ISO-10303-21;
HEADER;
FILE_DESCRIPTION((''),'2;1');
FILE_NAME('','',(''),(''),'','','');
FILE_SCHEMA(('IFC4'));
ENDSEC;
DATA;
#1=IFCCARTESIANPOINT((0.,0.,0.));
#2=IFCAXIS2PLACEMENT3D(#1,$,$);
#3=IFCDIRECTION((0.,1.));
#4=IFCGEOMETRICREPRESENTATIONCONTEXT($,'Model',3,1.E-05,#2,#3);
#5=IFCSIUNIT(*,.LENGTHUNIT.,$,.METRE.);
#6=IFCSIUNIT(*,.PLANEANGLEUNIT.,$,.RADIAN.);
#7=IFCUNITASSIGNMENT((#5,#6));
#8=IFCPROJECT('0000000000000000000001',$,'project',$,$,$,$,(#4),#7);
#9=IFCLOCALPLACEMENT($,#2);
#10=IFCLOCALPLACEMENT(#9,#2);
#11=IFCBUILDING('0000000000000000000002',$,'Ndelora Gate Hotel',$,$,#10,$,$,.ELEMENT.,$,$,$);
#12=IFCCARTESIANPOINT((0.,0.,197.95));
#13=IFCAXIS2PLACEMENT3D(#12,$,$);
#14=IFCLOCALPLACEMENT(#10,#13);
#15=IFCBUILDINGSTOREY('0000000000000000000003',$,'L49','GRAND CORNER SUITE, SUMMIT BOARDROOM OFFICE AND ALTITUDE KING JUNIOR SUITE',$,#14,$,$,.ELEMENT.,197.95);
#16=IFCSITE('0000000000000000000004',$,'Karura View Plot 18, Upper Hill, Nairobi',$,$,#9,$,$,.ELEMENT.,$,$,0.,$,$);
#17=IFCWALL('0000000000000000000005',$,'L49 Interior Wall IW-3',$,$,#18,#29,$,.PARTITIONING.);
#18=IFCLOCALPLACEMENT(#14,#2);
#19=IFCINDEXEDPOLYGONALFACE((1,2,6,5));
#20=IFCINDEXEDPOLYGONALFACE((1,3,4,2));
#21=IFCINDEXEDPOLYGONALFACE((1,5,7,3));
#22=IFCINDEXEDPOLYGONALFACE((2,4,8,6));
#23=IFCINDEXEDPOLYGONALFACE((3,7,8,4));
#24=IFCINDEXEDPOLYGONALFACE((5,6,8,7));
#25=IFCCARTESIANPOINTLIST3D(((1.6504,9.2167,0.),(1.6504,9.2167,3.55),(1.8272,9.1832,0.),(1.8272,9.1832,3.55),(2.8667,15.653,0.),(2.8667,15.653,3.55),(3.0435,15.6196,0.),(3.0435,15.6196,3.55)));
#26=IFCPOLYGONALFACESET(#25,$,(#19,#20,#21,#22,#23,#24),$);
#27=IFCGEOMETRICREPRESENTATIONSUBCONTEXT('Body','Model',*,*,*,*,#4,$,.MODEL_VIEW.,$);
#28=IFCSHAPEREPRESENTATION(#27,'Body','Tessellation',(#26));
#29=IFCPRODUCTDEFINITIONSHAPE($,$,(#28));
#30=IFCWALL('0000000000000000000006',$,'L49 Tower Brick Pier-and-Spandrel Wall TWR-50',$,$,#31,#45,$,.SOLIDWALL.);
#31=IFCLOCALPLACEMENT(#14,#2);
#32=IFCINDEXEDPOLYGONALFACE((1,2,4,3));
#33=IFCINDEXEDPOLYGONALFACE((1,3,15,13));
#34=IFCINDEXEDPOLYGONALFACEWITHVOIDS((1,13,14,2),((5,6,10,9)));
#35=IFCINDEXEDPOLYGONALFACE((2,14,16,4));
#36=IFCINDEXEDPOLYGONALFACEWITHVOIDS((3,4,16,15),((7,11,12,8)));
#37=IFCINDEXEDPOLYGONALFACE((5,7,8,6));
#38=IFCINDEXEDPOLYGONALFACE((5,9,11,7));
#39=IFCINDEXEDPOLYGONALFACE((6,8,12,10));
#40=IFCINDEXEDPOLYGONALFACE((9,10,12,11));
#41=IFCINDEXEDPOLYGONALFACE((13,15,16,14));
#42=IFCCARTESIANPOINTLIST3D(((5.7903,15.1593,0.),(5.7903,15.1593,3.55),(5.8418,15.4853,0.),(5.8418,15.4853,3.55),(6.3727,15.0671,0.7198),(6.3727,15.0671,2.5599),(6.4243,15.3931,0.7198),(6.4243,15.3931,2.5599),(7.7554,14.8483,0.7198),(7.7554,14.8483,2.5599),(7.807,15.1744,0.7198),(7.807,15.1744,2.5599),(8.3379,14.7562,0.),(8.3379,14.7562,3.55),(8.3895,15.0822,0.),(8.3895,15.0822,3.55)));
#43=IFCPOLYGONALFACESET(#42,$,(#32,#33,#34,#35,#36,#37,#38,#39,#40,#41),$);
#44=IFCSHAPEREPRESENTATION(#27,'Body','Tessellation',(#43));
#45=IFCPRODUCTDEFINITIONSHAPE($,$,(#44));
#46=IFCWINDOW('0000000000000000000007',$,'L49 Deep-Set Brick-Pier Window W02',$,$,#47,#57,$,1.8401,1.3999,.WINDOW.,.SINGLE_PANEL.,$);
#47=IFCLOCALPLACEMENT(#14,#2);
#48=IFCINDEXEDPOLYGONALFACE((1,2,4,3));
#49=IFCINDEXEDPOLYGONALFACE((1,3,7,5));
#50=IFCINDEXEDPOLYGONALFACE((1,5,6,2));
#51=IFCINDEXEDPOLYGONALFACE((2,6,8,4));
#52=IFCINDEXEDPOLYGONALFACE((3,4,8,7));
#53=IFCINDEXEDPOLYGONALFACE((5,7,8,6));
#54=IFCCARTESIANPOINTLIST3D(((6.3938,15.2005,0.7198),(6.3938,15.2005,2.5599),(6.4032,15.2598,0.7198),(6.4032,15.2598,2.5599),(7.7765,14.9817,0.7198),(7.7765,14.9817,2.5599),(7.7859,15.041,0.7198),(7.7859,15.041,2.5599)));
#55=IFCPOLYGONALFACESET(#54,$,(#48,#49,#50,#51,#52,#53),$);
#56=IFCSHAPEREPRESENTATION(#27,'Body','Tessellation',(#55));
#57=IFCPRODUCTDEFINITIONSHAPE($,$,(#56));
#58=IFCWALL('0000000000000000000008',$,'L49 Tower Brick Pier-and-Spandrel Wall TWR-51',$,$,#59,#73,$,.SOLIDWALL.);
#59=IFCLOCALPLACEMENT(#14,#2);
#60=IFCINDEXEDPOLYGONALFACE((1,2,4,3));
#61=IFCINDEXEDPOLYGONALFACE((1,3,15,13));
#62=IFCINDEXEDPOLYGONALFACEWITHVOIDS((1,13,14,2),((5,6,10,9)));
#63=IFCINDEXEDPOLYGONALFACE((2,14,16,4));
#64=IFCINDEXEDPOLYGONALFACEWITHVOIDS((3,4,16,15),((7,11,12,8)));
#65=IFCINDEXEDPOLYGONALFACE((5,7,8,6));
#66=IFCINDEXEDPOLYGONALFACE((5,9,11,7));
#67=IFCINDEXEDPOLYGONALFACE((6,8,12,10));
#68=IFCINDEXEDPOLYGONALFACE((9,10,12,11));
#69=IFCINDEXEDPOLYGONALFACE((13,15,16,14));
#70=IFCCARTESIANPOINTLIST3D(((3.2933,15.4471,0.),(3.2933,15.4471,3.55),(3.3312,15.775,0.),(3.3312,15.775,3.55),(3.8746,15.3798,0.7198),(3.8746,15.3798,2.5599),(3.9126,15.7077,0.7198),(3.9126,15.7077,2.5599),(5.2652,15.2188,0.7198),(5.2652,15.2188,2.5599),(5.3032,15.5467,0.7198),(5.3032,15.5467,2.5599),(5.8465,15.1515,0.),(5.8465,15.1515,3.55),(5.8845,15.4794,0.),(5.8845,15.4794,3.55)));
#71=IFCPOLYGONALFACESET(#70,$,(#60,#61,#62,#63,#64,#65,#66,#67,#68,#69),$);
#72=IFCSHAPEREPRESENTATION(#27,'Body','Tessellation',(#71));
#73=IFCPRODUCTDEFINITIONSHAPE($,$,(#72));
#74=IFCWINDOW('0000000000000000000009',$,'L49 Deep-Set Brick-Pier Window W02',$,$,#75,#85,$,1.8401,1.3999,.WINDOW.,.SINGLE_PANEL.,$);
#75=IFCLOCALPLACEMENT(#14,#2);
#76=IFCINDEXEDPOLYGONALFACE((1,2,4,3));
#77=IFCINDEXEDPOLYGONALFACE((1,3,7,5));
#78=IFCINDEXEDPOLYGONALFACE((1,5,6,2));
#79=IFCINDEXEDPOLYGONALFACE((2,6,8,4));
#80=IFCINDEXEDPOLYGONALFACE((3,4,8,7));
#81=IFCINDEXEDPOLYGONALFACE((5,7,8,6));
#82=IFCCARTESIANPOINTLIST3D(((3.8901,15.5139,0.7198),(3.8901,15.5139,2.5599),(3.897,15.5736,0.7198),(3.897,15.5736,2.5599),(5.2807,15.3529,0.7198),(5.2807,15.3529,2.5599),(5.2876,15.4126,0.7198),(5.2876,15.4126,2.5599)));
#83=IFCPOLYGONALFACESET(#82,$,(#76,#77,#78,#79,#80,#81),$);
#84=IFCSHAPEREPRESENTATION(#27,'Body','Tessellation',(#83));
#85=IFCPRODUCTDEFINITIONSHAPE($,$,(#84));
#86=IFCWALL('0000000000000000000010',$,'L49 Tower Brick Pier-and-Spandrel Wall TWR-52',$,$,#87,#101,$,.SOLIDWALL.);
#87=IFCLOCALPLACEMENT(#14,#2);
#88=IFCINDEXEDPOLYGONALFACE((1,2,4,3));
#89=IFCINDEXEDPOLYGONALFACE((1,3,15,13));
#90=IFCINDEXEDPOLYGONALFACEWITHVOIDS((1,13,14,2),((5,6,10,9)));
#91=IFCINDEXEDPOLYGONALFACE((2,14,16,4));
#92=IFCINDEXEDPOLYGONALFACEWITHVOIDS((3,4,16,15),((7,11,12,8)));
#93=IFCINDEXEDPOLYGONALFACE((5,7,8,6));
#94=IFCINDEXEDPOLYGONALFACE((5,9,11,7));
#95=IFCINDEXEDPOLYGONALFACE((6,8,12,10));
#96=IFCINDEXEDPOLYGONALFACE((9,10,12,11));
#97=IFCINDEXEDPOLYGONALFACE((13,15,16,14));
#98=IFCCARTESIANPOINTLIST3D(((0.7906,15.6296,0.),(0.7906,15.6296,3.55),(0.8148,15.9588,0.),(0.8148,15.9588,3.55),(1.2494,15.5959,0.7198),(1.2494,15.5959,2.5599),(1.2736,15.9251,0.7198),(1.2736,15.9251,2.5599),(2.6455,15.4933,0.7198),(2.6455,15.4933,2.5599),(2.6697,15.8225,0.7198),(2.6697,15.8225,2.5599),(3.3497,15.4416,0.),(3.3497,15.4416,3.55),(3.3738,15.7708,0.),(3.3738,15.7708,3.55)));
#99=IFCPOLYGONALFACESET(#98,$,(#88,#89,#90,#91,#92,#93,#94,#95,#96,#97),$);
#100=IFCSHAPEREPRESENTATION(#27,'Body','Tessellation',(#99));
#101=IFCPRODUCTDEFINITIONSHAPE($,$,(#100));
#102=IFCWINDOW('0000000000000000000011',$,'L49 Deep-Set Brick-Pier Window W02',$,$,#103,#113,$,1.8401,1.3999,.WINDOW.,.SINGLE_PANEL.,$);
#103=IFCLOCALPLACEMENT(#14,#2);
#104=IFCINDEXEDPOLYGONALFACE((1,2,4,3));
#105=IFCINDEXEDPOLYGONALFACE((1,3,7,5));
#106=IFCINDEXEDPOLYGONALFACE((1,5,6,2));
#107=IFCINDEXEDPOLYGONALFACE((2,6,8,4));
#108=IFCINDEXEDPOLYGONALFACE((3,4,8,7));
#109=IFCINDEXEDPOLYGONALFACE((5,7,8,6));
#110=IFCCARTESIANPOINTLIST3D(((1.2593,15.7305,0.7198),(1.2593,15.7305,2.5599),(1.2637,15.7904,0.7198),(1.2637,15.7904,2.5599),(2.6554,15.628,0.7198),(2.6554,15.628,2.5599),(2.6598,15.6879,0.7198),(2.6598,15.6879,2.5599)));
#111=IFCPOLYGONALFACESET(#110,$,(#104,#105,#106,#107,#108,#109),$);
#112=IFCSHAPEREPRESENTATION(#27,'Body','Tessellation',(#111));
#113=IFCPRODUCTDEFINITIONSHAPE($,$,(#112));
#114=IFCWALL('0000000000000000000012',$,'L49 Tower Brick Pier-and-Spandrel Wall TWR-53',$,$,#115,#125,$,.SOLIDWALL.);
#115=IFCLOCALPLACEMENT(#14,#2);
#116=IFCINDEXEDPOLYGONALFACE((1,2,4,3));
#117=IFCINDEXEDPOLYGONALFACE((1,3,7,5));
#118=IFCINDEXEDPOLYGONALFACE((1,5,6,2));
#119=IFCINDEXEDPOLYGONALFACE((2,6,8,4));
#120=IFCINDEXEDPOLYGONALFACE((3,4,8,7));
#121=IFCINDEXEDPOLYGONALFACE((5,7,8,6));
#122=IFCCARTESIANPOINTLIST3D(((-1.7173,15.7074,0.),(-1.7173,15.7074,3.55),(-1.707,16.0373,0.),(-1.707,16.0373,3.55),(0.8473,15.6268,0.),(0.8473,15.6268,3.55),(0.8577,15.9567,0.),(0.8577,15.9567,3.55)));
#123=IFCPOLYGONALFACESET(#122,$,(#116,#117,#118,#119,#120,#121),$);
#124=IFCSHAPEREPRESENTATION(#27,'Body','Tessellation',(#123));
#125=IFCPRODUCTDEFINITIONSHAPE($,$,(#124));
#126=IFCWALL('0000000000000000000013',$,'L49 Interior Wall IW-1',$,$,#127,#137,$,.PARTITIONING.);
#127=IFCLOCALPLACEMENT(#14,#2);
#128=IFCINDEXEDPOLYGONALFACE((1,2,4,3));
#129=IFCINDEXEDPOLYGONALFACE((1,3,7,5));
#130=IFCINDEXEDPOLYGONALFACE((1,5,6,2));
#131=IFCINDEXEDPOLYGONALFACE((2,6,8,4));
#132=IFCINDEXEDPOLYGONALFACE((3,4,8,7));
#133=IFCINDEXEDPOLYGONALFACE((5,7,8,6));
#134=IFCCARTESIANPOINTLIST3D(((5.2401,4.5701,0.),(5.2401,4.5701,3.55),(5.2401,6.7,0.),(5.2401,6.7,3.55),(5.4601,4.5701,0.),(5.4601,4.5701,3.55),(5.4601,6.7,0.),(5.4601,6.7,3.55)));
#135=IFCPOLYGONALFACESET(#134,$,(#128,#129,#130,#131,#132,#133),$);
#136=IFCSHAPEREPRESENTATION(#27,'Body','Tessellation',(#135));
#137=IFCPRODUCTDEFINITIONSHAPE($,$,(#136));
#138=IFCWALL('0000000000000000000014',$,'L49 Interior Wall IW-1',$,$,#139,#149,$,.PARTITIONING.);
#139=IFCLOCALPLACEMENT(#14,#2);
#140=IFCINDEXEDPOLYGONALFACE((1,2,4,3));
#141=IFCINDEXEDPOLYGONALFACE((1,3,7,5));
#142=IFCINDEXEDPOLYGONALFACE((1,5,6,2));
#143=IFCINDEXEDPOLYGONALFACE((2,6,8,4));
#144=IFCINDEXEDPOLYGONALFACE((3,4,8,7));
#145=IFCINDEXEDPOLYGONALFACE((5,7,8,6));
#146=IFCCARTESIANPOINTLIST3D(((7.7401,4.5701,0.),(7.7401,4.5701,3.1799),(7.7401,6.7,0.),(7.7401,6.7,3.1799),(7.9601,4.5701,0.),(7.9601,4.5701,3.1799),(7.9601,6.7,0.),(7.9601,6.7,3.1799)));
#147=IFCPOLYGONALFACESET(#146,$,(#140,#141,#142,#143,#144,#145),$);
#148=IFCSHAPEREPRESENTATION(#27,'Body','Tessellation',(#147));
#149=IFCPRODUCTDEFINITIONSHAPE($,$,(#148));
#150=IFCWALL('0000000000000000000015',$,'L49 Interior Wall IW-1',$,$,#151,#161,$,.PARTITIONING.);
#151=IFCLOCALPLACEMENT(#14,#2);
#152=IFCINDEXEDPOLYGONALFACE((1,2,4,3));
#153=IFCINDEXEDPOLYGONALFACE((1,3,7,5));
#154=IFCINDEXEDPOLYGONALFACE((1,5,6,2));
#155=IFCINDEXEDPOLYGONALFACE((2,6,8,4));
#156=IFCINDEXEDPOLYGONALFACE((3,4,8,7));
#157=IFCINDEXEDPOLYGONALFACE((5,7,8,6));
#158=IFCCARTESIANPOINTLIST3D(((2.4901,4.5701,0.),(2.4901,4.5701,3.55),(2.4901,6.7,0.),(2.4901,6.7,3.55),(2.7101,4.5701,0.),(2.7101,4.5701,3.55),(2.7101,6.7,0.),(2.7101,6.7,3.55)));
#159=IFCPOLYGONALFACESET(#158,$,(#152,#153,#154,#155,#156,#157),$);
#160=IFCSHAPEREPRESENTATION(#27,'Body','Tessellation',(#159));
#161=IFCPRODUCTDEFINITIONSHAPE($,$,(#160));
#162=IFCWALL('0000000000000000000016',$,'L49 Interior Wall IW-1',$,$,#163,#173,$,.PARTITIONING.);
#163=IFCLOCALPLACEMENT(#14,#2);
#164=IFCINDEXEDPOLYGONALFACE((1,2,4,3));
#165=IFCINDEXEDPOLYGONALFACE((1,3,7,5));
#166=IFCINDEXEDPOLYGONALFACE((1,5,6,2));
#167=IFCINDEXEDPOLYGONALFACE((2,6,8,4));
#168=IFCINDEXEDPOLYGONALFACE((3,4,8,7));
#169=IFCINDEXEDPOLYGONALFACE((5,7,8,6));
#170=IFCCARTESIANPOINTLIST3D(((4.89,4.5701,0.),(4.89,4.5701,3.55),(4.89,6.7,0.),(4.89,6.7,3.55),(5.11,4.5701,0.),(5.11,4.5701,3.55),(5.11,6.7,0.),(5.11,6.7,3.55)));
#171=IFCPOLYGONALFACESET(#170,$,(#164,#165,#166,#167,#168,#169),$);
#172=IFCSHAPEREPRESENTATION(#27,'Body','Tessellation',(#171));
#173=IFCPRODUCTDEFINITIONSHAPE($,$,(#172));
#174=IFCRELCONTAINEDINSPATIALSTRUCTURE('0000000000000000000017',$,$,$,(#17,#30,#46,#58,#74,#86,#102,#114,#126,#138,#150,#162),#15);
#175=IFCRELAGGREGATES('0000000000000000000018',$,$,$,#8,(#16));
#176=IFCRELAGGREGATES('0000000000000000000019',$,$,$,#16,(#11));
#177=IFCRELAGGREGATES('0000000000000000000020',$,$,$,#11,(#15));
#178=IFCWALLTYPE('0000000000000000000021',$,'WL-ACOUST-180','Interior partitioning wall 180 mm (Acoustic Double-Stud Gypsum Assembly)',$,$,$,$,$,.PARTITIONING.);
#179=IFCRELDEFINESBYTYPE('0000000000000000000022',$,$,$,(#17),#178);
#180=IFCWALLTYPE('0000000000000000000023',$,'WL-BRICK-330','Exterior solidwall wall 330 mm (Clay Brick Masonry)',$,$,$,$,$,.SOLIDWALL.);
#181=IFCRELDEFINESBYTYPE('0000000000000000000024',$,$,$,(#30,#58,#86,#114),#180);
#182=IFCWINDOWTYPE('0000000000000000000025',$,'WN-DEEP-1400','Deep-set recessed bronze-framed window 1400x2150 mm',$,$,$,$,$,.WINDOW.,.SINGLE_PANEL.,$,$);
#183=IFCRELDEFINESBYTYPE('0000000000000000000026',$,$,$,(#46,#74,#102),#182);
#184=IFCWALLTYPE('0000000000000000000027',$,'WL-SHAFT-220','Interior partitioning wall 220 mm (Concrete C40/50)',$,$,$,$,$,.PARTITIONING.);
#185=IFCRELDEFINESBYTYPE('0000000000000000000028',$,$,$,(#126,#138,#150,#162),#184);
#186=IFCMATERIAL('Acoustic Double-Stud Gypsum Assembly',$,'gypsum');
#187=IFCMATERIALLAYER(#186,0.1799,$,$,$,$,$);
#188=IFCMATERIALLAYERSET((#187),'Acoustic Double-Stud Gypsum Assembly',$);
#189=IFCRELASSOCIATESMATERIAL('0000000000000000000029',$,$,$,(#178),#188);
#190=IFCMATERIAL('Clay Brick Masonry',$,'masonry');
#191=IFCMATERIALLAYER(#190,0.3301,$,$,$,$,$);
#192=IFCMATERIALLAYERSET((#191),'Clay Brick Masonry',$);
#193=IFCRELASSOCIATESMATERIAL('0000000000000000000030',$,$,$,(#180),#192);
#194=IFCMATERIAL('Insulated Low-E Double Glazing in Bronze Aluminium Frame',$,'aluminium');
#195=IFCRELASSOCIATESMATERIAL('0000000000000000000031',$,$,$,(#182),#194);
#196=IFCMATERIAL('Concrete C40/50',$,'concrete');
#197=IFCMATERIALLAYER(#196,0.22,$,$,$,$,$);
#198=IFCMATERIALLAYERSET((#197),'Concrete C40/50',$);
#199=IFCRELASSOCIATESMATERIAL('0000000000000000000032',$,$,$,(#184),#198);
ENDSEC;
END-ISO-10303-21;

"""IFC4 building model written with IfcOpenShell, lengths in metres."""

from ifc_helpers import new_model, si_unit, direction, frame, frame_2d, origin, place, context, subcontext, project, spatial, rectangle, extrude, material, layer, layer_set, type_object, element, fill, save


model = new_model("IFC4")

# Units and contexts
model_context = context("Model", 3, precision=1e-05, world=origin(), true_north=direction((0.0, 1.0)))
body_context = subcontext(model_context, "Body", "Model", "MODEL_VIEW")
ifc_project = project(units=[si_unit("LENGTHUNIT", "METRE"), si_unit("PLANEANGLEUNIT", "RADIAN")], contexts=[model_context])

# Site, building, storey
site_placement = place(None, origin())
site = spatial("IfcSite", under=ifc_project, at=site_placement, Name="Karura View Plot 18, Upper Hill, Nairobi", CompositionType="ELEMENT", RefElevation=0.0)
building_placement = place(site_placement, origin())
building = spatial("IfcBuilding", under=site, at=building_placement, Name="Ndelora Gate Hotel", CompositionType="ELEMENT")
storey_placement = place(building_placement, frame((0.0, 0.0, 197.95)))
storey = spatial("IfcBuildingStorey", under=building, at=storey_placement, Name="L49", Description="GRAND CORNER SUITE, SUMMIT BOARDROOM OFFICE AND ALTITUDE KING JUNIOR SUITE", CompositionType="ELEMENT", Elevation=197.95)

# Wall
ifc_material_1 = material(Name="Acoustic Double-Stud Gypsum Assembly", Category="gypsum")
ifc_layer_1 = layer(ifc_material_1, 0.1799)
ifc_layer_set_1 = layer_set([ifc_layer_1], Name="Acoustic Double-Stud Gypsum Assembly")
wall_type_1 = type_object("IfcWallType", Name="WL-ACOUST-180", Description="Interior partitioning wall 180 mm (Acoustic Double-Stud Gypsum Assembly)", PredefinedType="PARTITIONING", material=ifc_layer_set_1)
wall_1_placement = place(storey_placement, frame((1.7388, 9.2, 0.0), z_axis=(0.0, 0.0, 1.0), x_axis=(0.18569, 0.982608, 0.0)))
element("IfcWall", 1, at=wall_1_placement, inside=storey, type_object=wall_type_1, Name="L49 Interior Wall IW-3", PredefinedType="PARTITIONING", context=body_context, shape_type="SweptSolid", body=[
    extrude(rectangle(XDim=6.5503, YDim=0.1799, at=frame_2d((3.2751, 0.0))), origin(), (0.0, 0.0, 1.0), 3.55),
])

# Walls, openings, windows
ifc_material_2 = material(Name="Clay Brick Masonry", Category="masonry")
ifc_layer_2 = layer(ifc_material_2, 0.3301)
ifc_layer_set_2 = layer_set([ifc_layer_2], Name="Clay Brick Masonry")
wall_type_2 = type_object("IfcWallType", Name="WL-BRICK-330", Description="Exterior solidwall wall 330 mm (Clay Brick Masonry)", PredefinedType="SOLIDWALL", material=ifc_layer_set_2)
wall_2_placement = place(storey_placement, frame((5.8162, 15.3223, 0.0), z_axis=(0.0, 0.0, 1.0), x_axis=(0.987714, -0.156274, 0.0)))
wall_2 = element("IfcWall", 2, at=wall_2_placement, inside=storey, type_object=wall_type_2, Name="L49 Tower Brick Pier-and-Spandrel Wall TWR-50", PredefinedType="SOLIDWALL", context=body_context, shape_type="SweptSolid", body=[
    extrude(rectangle(XDim=2.5793, YDim=0.3301, at=frame_2d((1.2896, 0.0))), origin(), (0.0, 0.0, 1.0), 3.55),
])
opening_1_placement = place(wall_2_placement, frame((0.5896, 0.0, 0.72)))
opening_1 = element("IfcOpeningElement", 3, at=opening_1_placement, cuts=wall_2, PredefinedType="OPENING", context=body_context, shape_type="SweptSolid", body=[
    extrude(rectangle(XDim=1.3999, YDim=1.8401, at=frame_2d((0.7, 0.9199))), frame((0.0, 0.175, 0.0), z_axis=(0.0, -1.0, 0.0), x_axis=(1.0, 0.0, 0.0)), (0.0, 0.0, 1.0), 0.3501),
])
ifc_material_3 = material(Name="Insulated Low-E Double Glazing in Bronze Aluminium Frame", Category="aluminium")
window_type = type_object("IfcWindowType", Name="WN-DEEP-1400", Description="Deep-set recessed bronze-framed window 1400x2150 mm", PartitioningType="SINGLE_PANEL", PredefinedType="WINDOW", material=ifc_material_3)
window_1_placement = place(opening_1_placement, origin())
window_1 = element("IfcWindow", 4, at=window_1_placement, inside=storey, type_object=window_type, Name="L49 Deep-Set Brick-Pier Window W02", OverallHeight=1.8401, OverallWidth=1.3999, PartitioningType="SINGLE_PANEL", PredefinedType="WINDOW", context=body_context, shape_type="SweptSolid", body=[
    extrude(rectangle(XDim=1.3999, YDim=1.8401, at=frame_2d((0.7, 0.9199))), frame((0.0, 0.03, 0.0), z_axis=(0.0, -1.0, 0.0), x_axis=(1.0, 0.0, 0.0)), (0.0, 0.0, 1.0), 0.0601),
])
fill(opening_1, window_1)
wall_3_placement = place(storey_placement, frame((3.3123, 15.6111, 0.0), z_axis=(0.0, 0.0, 1.0), x_axis=(0.993362, -0.115028, 0.0)))
wall_3 = element("IfcWall", 5, at=wall_3_placement, inside=storey, type_object=wall_type_2, Name="L49 Tower Brick Pier-and-Spandrel Wall TWR-51", PredefinedType="SOLIDWALL", context=body_context, shape_type="SweptSolid", body=[
    extrude(rectangle(XDim=2.5703, YDim=0.3301, at=frame_2d((1.2852, 0.0))), origin(), (0.0, 0.0, 1.0), 3.55),
])
opening_2_placement = place(wall_3_placement, frame((0.5852, 0.0, 0.72)))
opening_2 = element("IfcOpeningElement", 6, at=opening_2_placement, cuts=wall_3, PredefinedType="OPENING", context=body_context, shape_type="SweptSolid", body=[
    extrude(rectangle(XDim=1.3999, YDim=1.8401, at=frame_2d((0.7, 0.9199))), frame((0.0, 0.175, 0.0), z_axis=(0.0, -1.0, 0.0), x_axis=(1.0, 0.0, 0.0)), (0.0, 0.0, 1.0), 0.3501),
])
window_2_placement = place(opening_2_placement, origin())
window_2 = element("IfcWindow", 7, at=window_2_placement, inside=storey, type_object=window_type, Name="L49 Deep-Set Brick-Pier Window W02", OverallHeight=1.8401, OverallWidth=1.3999, PartitioningType="SINGLE_PANEL", PredefinedType="WINDOW", context=body_context, shape_type="SweptSolid", body=[
    extrude(rectangle(XDim=1.3999, YDim=1.8401, at=frame_2d((0.7, 0.9199))), frame((0.0, 0.03, 0.0), z_axis=(0.0, -1.0, 0.0), x_axis=(1.0, 0.0, 0.0)), (0.0, 0.0, 1.0), 0.0601),
])
fill(opening_2, window_2)
wall_4_placement = place(storey_placement, frame((0.8027, 15.7942, 0.0), z_axis=(0.0, 0.0, 1.0), x_axis=(0.997313, -0.073262, 0.0)))
wall_4 = element("IfcWall", 8, at=wall_4_placement, inside=storey, type_object=wall_type_2, Name="L49 Tower Brick Pier-and-Spandrel Wall TWR-52", PredefinedType="SOLIDWALL", context=body_context, shape_type="SweptSolid", body=[
    extrude(rectangle(XDim=2.5659, YDim=0.3301, at=frame_2d((1.283, 0.0))), origin(), (0.0, 0.0, 1.0), 3.55),
])
opening_3_placement = place(wall_4_placement, frame((0.46, 0.0, 0.72)))
opening_3 = element("IfcOpeningElement", 9, at=opening_3_placement, cuts=wall_4, PredefinedType="OPENING", context=body_context, shape_type="SweptSolid", body=[
    extrude(rectangle(XDim=1.3999, YDim=1.8401, at=frame_2d((0.7, 0.9199))), frame((0.0, 0.175, 0.0), z_axis=(0.0, -1.0, 0.0), x_axis=(1.0, 0.0, 0.0)), (0.0, 0.0, 1.0), 0.3501),
])
window_3_placement = place(opening_3_placement, origin())
window_3 = element("IfcWindow", 10, at=window_3_placement, inside=storey, type_object=window_type, Name="L49 Deep-Set Brick-Pier Window W02", OverallHeight=1.8401, OverallWidth=1.3999, PartitioningType="SINGLE_PANEL", PredefinedType="WINDOW", context=body_context, shape_type="SweptSolid", body=[
    extrude(rectangle(XDim=1.3999, YDim=1.8401, at=frame_2d((0.7, 0.9199))), frame((0.0, 0.03, 0.0), z_axis=(0.0, -1.0, 0.0), x_axis=(1.0, 0.0, 0.0)), (0.0, 0.0, 1.0), 0.0601),
])
fill(opening_3, window_3)

# Walls
wall_5_placement = place(storey_placement, frame((-1.7122, 15.8723, 0.0), z_axis=(0.0, 0.0, 1.0), x_axis=(0.999507, -0.031398, 0.0)))
element("IfcWall", 11, at=wall_5_placement, inside=storey, type_object=wall_type_2, Name="L49 Tower Brick Pier-and-Spandrel Wall TWR-53", PredefinedType="SOLIDWALL", context=body_context, shape_type="SweptSolid", body=[
    extrude(rectangle(XDim=2.5659, YDim=0.3301, at=frame_2d((1.283, 0.0))), origin(), (0.0, 0.0, 1.0), 3.55),
])
ifc_material_4 = material(Name="Concrete C40/50", Category="concrete")
ifc_layer_3 = layer(ifc_material_4, 0.22)
ifc_layer_set_3 = layer_set([ifc_layer_3], Name="Concrete C40/50")
wall_type_3 = type_object("IfcWallType", Name="WL-SHAFT-220", Description="Interior partitioning wall 220 mm (Concrete C40/50)", PredefinedType="PARTITIONING", material=ifc_layer_set_3)
wall_6_placement = place(storey_placement, frame((5.3501, 4.5701, 0.0), z_axis=(0.0, 0.0, 1.0), x_axis=(0.0, 1.0, 0.0)))
element("IfcWall", 12, at=wall_6_placement, inside=storey, type_object=wall_type_3, Name="L49 Interior Wall IW-1", PredefinedType="PARTITIONING", context=body_context, shape_type="SweptSolid", body=[
    extrude(rectangle(XDim=2.1299, YDim=0.22, at=frame_2d((1.0649, 0.0))), origin(), (0.0, 0.0, 1.0), 3.55),
])
wall_7_placement = place(storey_placement, frame((7.8501, 4.5701, 0.0), z_axis=(0.0, 0.0, 1.0), x_axis=(0.0, 1.0, 0.0)))
element("IfcWall", 13, at=wall_7_placement, inside=storey, type_object=wall_type_3, Name="L49 Interior Wall IW-1", PredefinedType="PARTITIONING", context=body_context, shape_type="SweptSolid", body=[
    extrude(rectangle(XDim=2.1299, YDim=0.22, at=frame_2d((1.0649, 0.0))), origin(), (0.0, 0.0, 1.0), 3.1799),
])
for number, where, z_axis, x_axis, name in (
    (14, (2.6001, 4.5701, 0.0), (0.0, 0.0, 1.0), (0.0, 1.0, 0.0), "L49 Interior Wall IW-1"),
    (15, (5.0, 4.5701, 0.0), (0.0, 0.0, 1.0), (0.0, 1.0, 0.0), "L49 Interior Wall IW-1"),
):
    element("IfcWall", number, at=place(storey_placement, frame(where, z_axis=z_axis, x_axis=x_axis)), inside=storey, type_object=wall_type_3, Name=name, PredefinedType="PARTITIONING", context=body_context, shape_type="SweptSolid", body=[
        extrude(rectangle(XDim=2.1299, YDim=0.22, at=frame_2d((1.0649, 0.0))), origin(), (0.0, 0.0, 1.0), 3.55),
    ])

save(model, "model.ifc")
